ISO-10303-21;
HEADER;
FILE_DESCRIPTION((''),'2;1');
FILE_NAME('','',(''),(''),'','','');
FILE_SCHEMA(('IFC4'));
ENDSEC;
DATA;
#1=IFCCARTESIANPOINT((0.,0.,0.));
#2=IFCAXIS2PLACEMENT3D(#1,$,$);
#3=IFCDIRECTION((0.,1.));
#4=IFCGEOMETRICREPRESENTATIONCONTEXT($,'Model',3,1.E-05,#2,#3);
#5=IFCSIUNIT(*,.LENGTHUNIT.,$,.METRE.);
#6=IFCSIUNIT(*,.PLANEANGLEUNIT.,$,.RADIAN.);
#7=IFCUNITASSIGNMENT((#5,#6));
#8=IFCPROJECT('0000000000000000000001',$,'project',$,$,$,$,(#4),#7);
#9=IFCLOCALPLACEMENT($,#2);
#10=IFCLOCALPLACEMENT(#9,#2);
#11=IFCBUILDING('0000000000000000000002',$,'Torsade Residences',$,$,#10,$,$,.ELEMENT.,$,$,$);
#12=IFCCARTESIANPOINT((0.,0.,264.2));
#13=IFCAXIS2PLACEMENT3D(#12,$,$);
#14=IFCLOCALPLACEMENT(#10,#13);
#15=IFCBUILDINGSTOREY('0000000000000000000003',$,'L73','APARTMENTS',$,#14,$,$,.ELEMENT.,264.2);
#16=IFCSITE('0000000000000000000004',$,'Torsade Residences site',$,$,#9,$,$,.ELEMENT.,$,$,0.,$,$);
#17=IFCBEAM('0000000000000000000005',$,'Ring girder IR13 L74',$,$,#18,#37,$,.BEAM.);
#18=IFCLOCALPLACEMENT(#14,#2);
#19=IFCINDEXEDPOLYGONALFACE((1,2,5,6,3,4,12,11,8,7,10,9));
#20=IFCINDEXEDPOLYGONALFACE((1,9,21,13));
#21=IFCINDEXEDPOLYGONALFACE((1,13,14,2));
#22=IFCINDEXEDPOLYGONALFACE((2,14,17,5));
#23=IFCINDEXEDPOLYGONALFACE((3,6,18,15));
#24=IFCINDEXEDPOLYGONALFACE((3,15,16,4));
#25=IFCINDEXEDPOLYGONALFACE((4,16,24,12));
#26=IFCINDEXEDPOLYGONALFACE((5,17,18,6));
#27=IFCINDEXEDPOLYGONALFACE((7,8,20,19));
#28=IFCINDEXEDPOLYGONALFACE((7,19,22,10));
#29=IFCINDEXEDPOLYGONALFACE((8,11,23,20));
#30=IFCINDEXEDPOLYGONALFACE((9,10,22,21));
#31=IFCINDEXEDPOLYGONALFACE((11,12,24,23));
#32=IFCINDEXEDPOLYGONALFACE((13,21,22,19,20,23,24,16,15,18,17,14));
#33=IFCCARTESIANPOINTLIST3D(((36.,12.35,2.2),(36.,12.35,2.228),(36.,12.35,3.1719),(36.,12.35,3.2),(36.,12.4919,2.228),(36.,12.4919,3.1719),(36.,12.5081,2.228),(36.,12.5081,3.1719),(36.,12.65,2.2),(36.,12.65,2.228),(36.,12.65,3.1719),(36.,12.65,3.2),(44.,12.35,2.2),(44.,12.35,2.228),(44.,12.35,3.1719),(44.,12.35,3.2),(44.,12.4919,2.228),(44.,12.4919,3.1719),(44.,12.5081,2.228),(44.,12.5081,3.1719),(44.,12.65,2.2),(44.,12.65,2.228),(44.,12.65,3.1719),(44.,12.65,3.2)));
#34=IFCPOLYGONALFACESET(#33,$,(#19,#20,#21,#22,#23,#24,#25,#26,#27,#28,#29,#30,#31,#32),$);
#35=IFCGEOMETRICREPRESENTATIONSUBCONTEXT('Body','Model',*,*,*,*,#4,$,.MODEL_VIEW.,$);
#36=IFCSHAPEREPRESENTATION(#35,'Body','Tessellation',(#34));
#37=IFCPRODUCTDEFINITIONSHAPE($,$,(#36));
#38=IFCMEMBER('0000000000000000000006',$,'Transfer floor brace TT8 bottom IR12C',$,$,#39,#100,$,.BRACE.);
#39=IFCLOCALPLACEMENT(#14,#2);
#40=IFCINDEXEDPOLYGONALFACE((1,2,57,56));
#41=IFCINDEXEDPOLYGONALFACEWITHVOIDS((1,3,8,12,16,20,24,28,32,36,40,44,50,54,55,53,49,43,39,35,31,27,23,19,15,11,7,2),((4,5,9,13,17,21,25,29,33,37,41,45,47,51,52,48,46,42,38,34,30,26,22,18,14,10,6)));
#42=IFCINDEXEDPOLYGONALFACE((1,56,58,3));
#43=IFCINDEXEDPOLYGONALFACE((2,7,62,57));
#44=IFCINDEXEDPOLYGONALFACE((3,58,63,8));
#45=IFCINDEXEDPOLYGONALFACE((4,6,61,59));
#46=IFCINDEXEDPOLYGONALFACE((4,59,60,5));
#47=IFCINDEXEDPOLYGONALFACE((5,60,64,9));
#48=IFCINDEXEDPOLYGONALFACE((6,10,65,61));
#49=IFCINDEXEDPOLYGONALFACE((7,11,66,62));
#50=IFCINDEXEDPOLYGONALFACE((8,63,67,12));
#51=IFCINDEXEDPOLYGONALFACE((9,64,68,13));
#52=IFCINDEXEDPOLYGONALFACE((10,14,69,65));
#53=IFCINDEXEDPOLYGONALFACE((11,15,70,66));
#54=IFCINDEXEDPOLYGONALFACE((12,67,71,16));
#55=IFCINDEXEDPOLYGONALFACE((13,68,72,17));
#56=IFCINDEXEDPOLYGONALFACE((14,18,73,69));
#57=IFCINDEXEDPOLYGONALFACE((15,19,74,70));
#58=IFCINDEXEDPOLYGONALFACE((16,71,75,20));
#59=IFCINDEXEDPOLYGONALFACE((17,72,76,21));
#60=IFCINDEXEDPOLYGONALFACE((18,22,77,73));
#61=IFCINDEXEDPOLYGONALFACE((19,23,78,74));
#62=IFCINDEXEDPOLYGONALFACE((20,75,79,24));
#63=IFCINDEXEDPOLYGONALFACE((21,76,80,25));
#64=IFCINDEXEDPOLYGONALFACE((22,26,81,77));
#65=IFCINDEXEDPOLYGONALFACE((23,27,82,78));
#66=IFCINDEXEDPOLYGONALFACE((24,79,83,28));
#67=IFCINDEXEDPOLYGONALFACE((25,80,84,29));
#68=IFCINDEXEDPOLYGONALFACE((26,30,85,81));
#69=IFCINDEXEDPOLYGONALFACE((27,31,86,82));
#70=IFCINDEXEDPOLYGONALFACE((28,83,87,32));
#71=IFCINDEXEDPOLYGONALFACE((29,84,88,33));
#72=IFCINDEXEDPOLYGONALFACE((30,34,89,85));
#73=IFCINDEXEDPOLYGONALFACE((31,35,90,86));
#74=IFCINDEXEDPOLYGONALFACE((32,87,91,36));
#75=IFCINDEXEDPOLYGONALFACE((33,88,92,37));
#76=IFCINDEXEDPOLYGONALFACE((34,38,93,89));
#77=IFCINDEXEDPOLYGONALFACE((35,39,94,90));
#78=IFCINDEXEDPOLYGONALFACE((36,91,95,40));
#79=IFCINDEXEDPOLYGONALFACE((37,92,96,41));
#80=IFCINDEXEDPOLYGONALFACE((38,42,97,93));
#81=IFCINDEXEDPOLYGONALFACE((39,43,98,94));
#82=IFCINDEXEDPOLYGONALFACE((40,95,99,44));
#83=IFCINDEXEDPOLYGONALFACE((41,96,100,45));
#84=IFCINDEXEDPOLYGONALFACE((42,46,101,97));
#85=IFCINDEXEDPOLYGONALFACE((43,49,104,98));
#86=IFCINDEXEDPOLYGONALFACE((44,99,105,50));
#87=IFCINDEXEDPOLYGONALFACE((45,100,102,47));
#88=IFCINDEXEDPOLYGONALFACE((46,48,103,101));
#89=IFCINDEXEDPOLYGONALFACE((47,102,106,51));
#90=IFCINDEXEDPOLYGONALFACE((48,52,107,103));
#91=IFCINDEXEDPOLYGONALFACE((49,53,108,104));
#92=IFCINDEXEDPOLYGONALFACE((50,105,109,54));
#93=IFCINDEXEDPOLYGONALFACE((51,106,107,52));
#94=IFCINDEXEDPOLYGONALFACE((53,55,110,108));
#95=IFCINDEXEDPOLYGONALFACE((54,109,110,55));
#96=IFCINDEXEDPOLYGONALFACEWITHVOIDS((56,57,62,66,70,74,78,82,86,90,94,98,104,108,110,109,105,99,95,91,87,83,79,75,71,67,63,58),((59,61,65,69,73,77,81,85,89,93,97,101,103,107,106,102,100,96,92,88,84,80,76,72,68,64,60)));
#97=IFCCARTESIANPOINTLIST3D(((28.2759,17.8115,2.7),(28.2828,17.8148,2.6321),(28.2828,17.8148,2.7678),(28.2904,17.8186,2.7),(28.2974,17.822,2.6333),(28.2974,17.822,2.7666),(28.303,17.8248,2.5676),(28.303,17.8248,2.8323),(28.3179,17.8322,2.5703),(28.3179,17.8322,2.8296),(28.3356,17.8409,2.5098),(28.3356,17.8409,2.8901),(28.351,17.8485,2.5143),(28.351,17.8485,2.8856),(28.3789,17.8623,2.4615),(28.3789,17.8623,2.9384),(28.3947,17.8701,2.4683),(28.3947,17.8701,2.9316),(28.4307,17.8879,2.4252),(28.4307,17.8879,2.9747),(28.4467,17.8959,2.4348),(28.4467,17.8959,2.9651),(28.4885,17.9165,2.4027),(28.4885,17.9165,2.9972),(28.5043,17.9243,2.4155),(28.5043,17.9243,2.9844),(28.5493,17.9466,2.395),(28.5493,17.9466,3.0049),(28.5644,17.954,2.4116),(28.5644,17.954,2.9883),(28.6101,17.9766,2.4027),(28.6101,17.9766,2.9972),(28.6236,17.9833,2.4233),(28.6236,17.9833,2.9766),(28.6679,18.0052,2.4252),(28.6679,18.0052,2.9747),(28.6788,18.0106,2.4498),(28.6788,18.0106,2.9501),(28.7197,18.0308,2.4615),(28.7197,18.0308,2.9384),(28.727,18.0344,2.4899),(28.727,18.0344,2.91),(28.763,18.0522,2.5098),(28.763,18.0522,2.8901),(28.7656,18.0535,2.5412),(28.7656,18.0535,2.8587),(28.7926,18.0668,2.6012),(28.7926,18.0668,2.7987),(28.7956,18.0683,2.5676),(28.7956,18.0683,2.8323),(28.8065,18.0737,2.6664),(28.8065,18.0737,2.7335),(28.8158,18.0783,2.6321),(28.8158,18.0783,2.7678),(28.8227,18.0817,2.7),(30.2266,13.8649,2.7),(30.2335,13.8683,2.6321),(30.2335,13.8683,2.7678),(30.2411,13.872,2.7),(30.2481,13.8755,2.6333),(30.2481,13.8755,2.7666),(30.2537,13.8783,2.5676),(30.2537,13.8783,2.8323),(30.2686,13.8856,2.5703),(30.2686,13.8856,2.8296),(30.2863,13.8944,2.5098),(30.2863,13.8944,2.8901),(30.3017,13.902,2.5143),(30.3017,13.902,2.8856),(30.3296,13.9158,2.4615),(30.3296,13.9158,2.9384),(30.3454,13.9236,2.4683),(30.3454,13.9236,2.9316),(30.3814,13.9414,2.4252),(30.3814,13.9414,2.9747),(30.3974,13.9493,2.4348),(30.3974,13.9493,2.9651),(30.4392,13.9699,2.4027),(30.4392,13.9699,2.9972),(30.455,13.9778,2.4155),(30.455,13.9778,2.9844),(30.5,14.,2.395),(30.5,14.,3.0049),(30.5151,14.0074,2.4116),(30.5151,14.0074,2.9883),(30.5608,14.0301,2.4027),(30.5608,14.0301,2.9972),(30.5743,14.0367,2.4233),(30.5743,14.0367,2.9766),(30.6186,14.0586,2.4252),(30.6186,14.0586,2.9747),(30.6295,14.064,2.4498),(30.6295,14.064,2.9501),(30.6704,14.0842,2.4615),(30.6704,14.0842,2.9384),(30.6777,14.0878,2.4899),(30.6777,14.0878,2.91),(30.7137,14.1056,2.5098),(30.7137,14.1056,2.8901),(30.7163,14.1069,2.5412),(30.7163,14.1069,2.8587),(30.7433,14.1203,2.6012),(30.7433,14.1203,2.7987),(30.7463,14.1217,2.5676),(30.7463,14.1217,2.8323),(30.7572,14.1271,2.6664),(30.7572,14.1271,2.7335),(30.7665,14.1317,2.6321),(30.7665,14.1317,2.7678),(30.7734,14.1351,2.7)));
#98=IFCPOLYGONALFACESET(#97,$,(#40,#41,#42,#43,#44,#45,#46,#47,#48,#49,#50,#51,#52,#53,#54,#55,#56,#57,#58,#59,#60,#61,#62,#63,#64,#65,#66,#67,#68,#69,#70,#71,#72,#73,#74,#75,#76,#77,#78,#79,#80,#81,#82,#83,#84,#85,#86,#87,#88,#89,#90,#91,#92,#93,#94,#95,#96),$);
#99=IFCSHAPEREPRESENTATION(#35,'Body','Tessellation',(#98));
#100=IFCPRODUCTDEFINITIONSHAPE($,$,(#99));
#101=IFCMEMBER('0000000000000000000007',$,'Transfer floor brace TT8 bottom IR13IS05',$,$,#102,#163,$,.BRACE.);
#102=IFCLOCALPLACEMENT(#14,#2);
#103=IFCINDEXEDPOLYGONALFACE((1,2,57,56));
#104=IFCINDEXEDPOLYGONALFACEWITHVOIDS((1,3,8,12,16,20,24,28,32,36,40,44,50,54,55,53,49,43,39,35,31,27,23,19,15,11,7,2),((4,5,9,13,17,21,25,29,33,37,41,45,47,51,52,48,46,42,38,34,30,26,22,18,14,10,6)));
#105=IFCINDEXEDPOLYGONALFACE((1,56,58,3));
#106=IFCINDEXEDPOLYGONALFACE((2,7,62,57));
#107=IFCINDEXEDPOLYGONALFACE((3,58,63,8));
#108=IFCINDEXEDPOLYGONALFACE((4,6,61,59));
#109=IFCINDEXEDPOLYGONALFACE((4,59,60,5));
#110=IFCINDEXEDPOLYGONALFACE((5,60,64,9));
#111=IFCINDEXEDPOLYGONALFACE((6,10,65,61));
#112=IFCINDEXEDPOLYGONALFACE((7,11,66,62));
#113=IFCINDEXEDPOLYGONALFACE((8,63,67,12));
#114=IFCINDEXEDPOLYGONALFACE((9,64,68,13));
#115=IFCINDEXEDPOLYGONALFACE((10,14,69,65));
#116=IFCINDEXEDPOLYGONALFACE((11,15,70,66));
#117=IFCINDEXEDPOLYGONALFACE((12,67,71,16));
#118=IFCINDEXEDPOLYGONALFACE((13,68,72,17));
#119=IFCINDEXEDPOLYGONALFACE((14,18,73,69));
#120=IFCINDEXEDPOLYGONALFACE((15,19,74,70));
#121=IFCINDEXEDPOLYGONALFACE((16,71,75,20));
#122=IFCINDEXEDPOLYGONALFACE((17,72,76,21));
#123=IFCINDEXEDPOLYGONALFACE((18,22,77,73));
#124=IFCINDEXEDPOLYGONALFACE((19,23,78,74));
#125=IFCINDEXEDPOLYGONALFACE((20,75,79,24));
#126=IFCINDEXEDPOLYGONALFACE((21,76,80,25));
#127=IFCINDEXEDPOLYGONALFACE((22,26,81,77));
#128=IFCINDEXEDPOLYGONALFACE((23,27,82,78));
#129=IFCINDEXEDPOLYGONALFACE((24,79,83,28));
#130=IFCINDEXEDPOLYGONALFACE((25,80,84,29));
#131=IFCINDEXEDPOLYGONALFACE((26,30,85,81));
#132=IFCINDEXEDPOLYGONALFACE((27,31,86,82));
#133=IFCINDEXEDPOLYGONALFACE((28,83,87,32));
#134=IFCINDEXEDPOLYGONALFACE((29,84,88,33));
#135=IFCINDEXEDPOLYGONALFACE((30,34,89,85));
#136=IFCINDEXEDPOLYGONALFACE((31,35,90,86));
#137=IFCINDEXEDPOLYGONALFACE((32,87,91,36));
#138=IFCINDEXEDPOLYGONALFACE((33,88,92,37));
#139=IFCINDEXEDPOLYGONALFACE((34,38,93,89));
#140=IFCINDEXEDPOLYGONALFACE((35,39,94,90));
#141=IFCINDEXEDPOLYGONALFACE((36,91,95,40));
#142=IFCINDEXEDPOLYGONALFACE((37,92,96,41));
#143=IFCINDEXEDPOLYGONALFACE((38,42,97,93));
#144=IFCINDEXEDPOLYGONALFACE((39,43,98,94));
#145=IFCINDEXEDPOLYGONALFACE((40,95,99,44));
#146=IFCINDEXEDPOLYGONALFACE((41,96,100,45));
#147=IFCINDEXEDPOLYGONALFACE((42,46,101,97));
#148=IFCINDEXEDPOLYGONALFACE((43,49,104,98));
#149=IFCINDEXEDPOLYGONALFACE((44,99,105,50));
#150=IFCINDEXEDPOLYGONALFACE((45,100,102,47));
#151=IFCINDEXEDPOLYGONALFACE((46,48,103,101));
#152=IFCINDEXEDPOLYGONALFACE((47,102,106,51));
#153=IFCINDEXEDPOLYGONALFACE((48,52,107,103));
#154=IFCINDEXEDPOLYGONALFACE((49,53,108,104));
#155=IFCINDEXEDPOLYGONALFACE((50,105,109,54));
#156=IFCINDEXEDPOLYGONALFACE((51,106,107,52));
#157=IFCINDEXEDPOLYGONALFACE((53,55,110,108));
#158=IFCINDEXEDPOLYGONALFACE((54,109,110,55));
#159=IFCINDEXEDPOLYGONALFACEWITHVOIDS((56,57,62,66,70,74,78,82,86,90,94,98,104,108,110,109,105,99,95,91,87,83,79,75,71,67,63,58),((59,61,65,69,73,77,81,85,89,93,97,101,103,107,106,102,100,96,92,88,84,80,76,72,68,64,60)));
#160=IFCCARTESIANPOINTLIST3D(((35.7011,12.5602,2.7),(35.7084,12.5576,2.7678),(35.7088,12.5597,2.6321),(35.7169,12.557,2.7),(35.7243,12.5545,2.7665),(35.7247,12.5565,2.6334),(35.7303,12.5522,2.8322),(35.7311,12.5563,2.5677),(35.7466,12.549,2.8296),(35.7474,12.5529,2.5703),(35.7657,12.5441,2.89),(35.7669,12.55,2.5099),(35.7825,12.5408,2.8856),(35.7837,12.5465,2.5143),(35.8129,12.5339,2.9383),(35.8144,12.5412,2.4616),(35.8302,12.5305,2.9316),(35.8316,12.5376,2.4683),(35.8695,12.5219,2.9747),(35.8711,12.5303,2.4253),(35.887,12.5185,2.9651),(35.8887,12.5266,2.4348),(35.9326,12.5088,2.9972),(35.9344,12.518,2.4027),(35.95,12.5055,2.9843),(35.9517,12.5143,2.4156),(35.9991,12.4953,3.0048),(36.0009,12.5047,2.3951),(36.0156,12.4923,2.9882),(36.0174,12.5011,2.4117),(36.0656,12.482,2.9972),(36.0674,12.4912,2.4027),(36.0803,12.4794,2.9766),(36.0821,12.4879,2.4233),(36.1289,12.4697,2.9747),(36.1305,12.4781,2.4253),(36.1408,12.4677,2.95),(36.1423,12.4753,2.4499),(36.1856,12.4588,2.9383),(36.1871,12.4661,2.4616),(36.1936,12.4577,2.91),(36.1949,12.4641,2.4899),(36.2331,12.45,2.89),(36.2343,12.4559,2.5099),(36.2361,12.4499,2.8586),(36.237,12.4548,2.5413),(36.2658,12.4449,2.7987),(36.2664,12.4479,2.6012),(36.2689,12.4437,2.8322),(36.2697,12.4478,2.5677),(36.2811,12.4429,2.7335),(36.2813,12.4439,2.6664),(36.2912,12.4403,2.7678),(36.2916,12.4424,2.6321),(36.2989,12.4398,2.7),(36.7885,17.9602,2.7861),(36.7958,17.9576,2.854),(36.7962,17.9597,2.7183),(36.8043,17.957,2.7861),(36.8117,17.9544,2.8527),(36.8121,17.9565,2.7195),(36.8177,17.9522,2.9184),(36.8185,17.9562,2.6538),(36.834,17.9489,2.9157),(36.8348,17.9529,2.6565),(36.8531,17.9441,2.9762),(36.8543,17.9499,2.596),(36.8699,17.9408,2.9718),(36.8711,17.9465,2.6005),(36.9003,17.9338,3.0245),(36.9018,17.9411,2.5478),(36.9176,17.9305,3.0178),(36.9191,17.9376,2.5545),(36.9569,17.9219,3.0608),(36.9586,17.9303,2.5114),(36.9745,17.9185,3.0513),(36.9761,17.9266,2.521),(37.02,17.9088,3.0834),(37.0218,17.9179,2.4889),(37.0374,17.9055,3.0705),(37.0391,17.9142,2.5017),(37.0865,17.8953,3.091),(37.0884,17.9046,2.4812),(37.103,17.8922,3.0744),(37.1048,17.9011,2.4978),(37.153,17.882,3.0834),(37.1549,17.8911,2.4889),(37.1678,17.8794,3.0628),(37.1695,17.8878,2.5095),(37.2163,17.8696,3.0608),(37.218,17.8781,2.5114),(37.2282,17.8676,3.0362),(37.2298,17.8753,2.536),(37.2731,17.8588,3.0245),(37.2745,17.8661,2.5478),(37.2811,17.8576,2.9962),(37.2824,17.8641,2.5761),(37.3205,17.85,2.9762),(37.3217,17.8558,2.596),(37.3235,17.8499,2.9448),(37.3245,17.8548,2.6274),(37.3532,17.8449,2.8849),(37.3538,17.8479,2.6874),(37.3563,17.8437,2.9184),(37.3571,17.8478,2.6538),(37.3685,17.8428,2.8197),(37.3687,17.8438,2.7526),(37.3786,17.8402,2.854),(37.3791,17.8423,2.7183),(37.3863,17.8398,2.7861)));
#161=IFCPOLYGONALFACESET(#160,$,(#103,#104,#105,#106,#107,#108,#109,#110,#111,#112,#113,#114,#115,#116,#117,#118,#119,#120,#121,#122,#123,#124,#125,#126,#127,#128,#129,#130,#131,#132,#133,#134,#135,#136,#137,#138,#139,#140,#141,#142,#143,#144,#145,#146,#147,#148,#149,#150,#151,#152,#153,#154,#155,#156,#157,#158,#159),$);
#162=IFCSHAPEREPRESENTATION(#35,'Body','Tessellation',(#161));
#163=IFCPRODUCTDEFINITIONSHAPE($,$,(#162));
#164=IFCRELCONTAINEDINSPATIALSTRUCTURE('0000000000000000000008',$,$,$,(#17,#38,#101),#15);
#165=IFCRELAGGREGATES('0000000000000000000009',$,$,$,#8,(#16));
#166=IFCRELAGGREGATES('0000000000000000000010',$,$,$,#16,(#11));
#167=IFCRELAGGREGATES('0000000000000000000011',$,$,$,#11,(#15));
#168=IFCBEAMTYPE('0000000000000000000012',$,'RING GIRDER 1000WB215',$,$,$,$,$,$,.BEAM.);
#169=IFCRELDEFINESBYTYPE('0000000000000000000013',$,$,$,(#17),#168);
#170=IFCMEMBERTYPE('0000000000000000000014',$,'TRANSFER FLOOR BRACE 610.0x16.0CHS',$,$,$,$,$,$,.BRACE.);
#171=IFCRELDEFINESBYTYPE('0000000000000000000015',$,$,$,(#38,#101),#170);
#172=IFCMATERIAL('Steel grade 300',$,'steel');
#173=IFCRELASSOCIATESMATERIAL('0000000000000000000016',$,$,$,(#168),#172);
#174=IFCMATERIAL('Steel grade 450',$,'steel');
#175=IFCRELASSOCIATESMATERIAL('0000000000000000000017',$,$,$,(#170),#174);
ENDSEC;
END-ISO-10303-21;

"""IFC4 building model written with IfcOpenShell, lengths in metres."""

from ifc_helpers import new_model, si_unit, direction, frame, origin, origin_2d, place, context, subcontext, project, spatial, hollow_circle, i_section, extrude, material, material_profile, profile_set, type_object, element, save


model = new_model("IFC4")

# Units and contexts
model_context = context("Model", 3, precision=1e-05, world=origin(), true_north=direction((0.0, 1.0)))
body_context = subcontext(model_context, "Body", "Model", "MODEL_VIEW")
ifc_project = project(units=[si_unit("LENGTHUNIT", "METRE"), si_unit("PLANEANGLEUNIT", "RADIAN")], contexts=[model_context])

# Site, building, storey
site_placement = place(None, origin())
site = spatial("IfcSite", under=ifc_project, at=site_placement, Name="Torsade Residences site", CompositionType="ELEMENT", RefElevation=0.0)
building_placement = place(site_placement, origin())
building = spatial("IfcBuilding", under=site, at=building_placement, Name="Torsade Residences", CompositionType="ELEMENT")
storey_placement = place(building_placement, frame((0.0, 0.0, 264.2)))
storey = spatial("IfcBuildingStorey", under=building, at=storey_placement, Name="L73", Description="APARTMENTS", CompositionType="ELEMENT", Elevation=264.2)

# Beam
ifc_material_1 = material(Name="Steel grade 300", Category="steel")
ifc_material_profile_1 = material_profile(ifc_material_1, i_section(OverallWidth=0.3, OverallDepth=1.0, WebThickness=0.0161, FlangeThickness=0.0281, at=origin_2d()), Name="1000WB215")
ifc_profile_set_1 = profile_set([ifc_material_profile_1], Name="Steel grade 300")
beam_type_1 = type_object("IfcBeamType", Name="RING GIRDER 1000WB215", PredefinedType="BEAM", material=ifc_profile_set_1)
beam_1_placement = place(storey_placement, frame((36.0, 12.5, 2.7), z_axis=(1.0, 0.0, 0.0), x_axis=(0.0, 1.0, 0.0)))
element("IfcBeam", 1, at=beam_1_placement, inside=storey, type_object=beam_type_1, Name="Ring girder IR13 L74", PredefinedType="BEAM", context=body_context, shape_type="SweptSolid", body=[
    extrude(i_section(OverallWidth=0.3, OverallDepth=1.0, WebThickness=0.0161, FlangeThickness=0.0281, at=origin_2d()), origin(), (0.0, 0.0, 1.0), 8.0),
])

# Members
ifc_material_2 = material(Name="Steel grade 450", Category="steel")
ifc_material_profile_2 = material_profile(ifc_material_2, hollow_circle(Radius=0.3049, WallThickness=0.0161, at=origin_2d()), Name="610.0x16.0CHS")
ifc_profile_set_2 = profile_set([ifc_material_profile_2], Name="Steel grade 450")
member_type = type_object("IfcMemberType", Name="TRANSFER FLOOR BRACE 610.0x16.0CHS", PredefinedType="BRACE", material=ifc_profile_set_2)
member_1_placement = place(storey_placement, frame((30.5, 14.0, 2.7), z_axis=(-0.443105, 0.89647, 0.0), x_axis=(-0.89647, -0.443105, 0.0)))
element("IfcMember", 2, at=member_1_placement, inside=storey, type_object=member_type, Name="Transfer floor brace TT8 bottom IR12C", PredefinedType="BRACE", context=body_context, shape_type="SweptSolid", body=[
    extrude(hollow_circle(Radius=0.3049, WallThickness=0.0161, at=origin_2d()), origin(), (0.0, 0.0, 1.0), 4.4023),
])
member_2_placement = place(storey_placement, frame((36.0, 12.5, 2.7), z_axis=(0.197387, 0.980201, 0.015644), x_axis=(-0.980321, 0.197412, 0.0)))
element("IfcMember", 3, at=member_2_placement, inside=storey, type_object=member_type, Name="Transfer floor brace TT8 bottom IR13IS05", PredefinedType="BRACE", context=body_context, shape_type="SweptSolid", body=[
    extrude(hollow_circle(Radius=0.3049, WallThickness=0.0161, at=origin_2d()), origin(), (0.0, 0.0, 1.0), 5.509),
])

save(model, "model.ifc")
